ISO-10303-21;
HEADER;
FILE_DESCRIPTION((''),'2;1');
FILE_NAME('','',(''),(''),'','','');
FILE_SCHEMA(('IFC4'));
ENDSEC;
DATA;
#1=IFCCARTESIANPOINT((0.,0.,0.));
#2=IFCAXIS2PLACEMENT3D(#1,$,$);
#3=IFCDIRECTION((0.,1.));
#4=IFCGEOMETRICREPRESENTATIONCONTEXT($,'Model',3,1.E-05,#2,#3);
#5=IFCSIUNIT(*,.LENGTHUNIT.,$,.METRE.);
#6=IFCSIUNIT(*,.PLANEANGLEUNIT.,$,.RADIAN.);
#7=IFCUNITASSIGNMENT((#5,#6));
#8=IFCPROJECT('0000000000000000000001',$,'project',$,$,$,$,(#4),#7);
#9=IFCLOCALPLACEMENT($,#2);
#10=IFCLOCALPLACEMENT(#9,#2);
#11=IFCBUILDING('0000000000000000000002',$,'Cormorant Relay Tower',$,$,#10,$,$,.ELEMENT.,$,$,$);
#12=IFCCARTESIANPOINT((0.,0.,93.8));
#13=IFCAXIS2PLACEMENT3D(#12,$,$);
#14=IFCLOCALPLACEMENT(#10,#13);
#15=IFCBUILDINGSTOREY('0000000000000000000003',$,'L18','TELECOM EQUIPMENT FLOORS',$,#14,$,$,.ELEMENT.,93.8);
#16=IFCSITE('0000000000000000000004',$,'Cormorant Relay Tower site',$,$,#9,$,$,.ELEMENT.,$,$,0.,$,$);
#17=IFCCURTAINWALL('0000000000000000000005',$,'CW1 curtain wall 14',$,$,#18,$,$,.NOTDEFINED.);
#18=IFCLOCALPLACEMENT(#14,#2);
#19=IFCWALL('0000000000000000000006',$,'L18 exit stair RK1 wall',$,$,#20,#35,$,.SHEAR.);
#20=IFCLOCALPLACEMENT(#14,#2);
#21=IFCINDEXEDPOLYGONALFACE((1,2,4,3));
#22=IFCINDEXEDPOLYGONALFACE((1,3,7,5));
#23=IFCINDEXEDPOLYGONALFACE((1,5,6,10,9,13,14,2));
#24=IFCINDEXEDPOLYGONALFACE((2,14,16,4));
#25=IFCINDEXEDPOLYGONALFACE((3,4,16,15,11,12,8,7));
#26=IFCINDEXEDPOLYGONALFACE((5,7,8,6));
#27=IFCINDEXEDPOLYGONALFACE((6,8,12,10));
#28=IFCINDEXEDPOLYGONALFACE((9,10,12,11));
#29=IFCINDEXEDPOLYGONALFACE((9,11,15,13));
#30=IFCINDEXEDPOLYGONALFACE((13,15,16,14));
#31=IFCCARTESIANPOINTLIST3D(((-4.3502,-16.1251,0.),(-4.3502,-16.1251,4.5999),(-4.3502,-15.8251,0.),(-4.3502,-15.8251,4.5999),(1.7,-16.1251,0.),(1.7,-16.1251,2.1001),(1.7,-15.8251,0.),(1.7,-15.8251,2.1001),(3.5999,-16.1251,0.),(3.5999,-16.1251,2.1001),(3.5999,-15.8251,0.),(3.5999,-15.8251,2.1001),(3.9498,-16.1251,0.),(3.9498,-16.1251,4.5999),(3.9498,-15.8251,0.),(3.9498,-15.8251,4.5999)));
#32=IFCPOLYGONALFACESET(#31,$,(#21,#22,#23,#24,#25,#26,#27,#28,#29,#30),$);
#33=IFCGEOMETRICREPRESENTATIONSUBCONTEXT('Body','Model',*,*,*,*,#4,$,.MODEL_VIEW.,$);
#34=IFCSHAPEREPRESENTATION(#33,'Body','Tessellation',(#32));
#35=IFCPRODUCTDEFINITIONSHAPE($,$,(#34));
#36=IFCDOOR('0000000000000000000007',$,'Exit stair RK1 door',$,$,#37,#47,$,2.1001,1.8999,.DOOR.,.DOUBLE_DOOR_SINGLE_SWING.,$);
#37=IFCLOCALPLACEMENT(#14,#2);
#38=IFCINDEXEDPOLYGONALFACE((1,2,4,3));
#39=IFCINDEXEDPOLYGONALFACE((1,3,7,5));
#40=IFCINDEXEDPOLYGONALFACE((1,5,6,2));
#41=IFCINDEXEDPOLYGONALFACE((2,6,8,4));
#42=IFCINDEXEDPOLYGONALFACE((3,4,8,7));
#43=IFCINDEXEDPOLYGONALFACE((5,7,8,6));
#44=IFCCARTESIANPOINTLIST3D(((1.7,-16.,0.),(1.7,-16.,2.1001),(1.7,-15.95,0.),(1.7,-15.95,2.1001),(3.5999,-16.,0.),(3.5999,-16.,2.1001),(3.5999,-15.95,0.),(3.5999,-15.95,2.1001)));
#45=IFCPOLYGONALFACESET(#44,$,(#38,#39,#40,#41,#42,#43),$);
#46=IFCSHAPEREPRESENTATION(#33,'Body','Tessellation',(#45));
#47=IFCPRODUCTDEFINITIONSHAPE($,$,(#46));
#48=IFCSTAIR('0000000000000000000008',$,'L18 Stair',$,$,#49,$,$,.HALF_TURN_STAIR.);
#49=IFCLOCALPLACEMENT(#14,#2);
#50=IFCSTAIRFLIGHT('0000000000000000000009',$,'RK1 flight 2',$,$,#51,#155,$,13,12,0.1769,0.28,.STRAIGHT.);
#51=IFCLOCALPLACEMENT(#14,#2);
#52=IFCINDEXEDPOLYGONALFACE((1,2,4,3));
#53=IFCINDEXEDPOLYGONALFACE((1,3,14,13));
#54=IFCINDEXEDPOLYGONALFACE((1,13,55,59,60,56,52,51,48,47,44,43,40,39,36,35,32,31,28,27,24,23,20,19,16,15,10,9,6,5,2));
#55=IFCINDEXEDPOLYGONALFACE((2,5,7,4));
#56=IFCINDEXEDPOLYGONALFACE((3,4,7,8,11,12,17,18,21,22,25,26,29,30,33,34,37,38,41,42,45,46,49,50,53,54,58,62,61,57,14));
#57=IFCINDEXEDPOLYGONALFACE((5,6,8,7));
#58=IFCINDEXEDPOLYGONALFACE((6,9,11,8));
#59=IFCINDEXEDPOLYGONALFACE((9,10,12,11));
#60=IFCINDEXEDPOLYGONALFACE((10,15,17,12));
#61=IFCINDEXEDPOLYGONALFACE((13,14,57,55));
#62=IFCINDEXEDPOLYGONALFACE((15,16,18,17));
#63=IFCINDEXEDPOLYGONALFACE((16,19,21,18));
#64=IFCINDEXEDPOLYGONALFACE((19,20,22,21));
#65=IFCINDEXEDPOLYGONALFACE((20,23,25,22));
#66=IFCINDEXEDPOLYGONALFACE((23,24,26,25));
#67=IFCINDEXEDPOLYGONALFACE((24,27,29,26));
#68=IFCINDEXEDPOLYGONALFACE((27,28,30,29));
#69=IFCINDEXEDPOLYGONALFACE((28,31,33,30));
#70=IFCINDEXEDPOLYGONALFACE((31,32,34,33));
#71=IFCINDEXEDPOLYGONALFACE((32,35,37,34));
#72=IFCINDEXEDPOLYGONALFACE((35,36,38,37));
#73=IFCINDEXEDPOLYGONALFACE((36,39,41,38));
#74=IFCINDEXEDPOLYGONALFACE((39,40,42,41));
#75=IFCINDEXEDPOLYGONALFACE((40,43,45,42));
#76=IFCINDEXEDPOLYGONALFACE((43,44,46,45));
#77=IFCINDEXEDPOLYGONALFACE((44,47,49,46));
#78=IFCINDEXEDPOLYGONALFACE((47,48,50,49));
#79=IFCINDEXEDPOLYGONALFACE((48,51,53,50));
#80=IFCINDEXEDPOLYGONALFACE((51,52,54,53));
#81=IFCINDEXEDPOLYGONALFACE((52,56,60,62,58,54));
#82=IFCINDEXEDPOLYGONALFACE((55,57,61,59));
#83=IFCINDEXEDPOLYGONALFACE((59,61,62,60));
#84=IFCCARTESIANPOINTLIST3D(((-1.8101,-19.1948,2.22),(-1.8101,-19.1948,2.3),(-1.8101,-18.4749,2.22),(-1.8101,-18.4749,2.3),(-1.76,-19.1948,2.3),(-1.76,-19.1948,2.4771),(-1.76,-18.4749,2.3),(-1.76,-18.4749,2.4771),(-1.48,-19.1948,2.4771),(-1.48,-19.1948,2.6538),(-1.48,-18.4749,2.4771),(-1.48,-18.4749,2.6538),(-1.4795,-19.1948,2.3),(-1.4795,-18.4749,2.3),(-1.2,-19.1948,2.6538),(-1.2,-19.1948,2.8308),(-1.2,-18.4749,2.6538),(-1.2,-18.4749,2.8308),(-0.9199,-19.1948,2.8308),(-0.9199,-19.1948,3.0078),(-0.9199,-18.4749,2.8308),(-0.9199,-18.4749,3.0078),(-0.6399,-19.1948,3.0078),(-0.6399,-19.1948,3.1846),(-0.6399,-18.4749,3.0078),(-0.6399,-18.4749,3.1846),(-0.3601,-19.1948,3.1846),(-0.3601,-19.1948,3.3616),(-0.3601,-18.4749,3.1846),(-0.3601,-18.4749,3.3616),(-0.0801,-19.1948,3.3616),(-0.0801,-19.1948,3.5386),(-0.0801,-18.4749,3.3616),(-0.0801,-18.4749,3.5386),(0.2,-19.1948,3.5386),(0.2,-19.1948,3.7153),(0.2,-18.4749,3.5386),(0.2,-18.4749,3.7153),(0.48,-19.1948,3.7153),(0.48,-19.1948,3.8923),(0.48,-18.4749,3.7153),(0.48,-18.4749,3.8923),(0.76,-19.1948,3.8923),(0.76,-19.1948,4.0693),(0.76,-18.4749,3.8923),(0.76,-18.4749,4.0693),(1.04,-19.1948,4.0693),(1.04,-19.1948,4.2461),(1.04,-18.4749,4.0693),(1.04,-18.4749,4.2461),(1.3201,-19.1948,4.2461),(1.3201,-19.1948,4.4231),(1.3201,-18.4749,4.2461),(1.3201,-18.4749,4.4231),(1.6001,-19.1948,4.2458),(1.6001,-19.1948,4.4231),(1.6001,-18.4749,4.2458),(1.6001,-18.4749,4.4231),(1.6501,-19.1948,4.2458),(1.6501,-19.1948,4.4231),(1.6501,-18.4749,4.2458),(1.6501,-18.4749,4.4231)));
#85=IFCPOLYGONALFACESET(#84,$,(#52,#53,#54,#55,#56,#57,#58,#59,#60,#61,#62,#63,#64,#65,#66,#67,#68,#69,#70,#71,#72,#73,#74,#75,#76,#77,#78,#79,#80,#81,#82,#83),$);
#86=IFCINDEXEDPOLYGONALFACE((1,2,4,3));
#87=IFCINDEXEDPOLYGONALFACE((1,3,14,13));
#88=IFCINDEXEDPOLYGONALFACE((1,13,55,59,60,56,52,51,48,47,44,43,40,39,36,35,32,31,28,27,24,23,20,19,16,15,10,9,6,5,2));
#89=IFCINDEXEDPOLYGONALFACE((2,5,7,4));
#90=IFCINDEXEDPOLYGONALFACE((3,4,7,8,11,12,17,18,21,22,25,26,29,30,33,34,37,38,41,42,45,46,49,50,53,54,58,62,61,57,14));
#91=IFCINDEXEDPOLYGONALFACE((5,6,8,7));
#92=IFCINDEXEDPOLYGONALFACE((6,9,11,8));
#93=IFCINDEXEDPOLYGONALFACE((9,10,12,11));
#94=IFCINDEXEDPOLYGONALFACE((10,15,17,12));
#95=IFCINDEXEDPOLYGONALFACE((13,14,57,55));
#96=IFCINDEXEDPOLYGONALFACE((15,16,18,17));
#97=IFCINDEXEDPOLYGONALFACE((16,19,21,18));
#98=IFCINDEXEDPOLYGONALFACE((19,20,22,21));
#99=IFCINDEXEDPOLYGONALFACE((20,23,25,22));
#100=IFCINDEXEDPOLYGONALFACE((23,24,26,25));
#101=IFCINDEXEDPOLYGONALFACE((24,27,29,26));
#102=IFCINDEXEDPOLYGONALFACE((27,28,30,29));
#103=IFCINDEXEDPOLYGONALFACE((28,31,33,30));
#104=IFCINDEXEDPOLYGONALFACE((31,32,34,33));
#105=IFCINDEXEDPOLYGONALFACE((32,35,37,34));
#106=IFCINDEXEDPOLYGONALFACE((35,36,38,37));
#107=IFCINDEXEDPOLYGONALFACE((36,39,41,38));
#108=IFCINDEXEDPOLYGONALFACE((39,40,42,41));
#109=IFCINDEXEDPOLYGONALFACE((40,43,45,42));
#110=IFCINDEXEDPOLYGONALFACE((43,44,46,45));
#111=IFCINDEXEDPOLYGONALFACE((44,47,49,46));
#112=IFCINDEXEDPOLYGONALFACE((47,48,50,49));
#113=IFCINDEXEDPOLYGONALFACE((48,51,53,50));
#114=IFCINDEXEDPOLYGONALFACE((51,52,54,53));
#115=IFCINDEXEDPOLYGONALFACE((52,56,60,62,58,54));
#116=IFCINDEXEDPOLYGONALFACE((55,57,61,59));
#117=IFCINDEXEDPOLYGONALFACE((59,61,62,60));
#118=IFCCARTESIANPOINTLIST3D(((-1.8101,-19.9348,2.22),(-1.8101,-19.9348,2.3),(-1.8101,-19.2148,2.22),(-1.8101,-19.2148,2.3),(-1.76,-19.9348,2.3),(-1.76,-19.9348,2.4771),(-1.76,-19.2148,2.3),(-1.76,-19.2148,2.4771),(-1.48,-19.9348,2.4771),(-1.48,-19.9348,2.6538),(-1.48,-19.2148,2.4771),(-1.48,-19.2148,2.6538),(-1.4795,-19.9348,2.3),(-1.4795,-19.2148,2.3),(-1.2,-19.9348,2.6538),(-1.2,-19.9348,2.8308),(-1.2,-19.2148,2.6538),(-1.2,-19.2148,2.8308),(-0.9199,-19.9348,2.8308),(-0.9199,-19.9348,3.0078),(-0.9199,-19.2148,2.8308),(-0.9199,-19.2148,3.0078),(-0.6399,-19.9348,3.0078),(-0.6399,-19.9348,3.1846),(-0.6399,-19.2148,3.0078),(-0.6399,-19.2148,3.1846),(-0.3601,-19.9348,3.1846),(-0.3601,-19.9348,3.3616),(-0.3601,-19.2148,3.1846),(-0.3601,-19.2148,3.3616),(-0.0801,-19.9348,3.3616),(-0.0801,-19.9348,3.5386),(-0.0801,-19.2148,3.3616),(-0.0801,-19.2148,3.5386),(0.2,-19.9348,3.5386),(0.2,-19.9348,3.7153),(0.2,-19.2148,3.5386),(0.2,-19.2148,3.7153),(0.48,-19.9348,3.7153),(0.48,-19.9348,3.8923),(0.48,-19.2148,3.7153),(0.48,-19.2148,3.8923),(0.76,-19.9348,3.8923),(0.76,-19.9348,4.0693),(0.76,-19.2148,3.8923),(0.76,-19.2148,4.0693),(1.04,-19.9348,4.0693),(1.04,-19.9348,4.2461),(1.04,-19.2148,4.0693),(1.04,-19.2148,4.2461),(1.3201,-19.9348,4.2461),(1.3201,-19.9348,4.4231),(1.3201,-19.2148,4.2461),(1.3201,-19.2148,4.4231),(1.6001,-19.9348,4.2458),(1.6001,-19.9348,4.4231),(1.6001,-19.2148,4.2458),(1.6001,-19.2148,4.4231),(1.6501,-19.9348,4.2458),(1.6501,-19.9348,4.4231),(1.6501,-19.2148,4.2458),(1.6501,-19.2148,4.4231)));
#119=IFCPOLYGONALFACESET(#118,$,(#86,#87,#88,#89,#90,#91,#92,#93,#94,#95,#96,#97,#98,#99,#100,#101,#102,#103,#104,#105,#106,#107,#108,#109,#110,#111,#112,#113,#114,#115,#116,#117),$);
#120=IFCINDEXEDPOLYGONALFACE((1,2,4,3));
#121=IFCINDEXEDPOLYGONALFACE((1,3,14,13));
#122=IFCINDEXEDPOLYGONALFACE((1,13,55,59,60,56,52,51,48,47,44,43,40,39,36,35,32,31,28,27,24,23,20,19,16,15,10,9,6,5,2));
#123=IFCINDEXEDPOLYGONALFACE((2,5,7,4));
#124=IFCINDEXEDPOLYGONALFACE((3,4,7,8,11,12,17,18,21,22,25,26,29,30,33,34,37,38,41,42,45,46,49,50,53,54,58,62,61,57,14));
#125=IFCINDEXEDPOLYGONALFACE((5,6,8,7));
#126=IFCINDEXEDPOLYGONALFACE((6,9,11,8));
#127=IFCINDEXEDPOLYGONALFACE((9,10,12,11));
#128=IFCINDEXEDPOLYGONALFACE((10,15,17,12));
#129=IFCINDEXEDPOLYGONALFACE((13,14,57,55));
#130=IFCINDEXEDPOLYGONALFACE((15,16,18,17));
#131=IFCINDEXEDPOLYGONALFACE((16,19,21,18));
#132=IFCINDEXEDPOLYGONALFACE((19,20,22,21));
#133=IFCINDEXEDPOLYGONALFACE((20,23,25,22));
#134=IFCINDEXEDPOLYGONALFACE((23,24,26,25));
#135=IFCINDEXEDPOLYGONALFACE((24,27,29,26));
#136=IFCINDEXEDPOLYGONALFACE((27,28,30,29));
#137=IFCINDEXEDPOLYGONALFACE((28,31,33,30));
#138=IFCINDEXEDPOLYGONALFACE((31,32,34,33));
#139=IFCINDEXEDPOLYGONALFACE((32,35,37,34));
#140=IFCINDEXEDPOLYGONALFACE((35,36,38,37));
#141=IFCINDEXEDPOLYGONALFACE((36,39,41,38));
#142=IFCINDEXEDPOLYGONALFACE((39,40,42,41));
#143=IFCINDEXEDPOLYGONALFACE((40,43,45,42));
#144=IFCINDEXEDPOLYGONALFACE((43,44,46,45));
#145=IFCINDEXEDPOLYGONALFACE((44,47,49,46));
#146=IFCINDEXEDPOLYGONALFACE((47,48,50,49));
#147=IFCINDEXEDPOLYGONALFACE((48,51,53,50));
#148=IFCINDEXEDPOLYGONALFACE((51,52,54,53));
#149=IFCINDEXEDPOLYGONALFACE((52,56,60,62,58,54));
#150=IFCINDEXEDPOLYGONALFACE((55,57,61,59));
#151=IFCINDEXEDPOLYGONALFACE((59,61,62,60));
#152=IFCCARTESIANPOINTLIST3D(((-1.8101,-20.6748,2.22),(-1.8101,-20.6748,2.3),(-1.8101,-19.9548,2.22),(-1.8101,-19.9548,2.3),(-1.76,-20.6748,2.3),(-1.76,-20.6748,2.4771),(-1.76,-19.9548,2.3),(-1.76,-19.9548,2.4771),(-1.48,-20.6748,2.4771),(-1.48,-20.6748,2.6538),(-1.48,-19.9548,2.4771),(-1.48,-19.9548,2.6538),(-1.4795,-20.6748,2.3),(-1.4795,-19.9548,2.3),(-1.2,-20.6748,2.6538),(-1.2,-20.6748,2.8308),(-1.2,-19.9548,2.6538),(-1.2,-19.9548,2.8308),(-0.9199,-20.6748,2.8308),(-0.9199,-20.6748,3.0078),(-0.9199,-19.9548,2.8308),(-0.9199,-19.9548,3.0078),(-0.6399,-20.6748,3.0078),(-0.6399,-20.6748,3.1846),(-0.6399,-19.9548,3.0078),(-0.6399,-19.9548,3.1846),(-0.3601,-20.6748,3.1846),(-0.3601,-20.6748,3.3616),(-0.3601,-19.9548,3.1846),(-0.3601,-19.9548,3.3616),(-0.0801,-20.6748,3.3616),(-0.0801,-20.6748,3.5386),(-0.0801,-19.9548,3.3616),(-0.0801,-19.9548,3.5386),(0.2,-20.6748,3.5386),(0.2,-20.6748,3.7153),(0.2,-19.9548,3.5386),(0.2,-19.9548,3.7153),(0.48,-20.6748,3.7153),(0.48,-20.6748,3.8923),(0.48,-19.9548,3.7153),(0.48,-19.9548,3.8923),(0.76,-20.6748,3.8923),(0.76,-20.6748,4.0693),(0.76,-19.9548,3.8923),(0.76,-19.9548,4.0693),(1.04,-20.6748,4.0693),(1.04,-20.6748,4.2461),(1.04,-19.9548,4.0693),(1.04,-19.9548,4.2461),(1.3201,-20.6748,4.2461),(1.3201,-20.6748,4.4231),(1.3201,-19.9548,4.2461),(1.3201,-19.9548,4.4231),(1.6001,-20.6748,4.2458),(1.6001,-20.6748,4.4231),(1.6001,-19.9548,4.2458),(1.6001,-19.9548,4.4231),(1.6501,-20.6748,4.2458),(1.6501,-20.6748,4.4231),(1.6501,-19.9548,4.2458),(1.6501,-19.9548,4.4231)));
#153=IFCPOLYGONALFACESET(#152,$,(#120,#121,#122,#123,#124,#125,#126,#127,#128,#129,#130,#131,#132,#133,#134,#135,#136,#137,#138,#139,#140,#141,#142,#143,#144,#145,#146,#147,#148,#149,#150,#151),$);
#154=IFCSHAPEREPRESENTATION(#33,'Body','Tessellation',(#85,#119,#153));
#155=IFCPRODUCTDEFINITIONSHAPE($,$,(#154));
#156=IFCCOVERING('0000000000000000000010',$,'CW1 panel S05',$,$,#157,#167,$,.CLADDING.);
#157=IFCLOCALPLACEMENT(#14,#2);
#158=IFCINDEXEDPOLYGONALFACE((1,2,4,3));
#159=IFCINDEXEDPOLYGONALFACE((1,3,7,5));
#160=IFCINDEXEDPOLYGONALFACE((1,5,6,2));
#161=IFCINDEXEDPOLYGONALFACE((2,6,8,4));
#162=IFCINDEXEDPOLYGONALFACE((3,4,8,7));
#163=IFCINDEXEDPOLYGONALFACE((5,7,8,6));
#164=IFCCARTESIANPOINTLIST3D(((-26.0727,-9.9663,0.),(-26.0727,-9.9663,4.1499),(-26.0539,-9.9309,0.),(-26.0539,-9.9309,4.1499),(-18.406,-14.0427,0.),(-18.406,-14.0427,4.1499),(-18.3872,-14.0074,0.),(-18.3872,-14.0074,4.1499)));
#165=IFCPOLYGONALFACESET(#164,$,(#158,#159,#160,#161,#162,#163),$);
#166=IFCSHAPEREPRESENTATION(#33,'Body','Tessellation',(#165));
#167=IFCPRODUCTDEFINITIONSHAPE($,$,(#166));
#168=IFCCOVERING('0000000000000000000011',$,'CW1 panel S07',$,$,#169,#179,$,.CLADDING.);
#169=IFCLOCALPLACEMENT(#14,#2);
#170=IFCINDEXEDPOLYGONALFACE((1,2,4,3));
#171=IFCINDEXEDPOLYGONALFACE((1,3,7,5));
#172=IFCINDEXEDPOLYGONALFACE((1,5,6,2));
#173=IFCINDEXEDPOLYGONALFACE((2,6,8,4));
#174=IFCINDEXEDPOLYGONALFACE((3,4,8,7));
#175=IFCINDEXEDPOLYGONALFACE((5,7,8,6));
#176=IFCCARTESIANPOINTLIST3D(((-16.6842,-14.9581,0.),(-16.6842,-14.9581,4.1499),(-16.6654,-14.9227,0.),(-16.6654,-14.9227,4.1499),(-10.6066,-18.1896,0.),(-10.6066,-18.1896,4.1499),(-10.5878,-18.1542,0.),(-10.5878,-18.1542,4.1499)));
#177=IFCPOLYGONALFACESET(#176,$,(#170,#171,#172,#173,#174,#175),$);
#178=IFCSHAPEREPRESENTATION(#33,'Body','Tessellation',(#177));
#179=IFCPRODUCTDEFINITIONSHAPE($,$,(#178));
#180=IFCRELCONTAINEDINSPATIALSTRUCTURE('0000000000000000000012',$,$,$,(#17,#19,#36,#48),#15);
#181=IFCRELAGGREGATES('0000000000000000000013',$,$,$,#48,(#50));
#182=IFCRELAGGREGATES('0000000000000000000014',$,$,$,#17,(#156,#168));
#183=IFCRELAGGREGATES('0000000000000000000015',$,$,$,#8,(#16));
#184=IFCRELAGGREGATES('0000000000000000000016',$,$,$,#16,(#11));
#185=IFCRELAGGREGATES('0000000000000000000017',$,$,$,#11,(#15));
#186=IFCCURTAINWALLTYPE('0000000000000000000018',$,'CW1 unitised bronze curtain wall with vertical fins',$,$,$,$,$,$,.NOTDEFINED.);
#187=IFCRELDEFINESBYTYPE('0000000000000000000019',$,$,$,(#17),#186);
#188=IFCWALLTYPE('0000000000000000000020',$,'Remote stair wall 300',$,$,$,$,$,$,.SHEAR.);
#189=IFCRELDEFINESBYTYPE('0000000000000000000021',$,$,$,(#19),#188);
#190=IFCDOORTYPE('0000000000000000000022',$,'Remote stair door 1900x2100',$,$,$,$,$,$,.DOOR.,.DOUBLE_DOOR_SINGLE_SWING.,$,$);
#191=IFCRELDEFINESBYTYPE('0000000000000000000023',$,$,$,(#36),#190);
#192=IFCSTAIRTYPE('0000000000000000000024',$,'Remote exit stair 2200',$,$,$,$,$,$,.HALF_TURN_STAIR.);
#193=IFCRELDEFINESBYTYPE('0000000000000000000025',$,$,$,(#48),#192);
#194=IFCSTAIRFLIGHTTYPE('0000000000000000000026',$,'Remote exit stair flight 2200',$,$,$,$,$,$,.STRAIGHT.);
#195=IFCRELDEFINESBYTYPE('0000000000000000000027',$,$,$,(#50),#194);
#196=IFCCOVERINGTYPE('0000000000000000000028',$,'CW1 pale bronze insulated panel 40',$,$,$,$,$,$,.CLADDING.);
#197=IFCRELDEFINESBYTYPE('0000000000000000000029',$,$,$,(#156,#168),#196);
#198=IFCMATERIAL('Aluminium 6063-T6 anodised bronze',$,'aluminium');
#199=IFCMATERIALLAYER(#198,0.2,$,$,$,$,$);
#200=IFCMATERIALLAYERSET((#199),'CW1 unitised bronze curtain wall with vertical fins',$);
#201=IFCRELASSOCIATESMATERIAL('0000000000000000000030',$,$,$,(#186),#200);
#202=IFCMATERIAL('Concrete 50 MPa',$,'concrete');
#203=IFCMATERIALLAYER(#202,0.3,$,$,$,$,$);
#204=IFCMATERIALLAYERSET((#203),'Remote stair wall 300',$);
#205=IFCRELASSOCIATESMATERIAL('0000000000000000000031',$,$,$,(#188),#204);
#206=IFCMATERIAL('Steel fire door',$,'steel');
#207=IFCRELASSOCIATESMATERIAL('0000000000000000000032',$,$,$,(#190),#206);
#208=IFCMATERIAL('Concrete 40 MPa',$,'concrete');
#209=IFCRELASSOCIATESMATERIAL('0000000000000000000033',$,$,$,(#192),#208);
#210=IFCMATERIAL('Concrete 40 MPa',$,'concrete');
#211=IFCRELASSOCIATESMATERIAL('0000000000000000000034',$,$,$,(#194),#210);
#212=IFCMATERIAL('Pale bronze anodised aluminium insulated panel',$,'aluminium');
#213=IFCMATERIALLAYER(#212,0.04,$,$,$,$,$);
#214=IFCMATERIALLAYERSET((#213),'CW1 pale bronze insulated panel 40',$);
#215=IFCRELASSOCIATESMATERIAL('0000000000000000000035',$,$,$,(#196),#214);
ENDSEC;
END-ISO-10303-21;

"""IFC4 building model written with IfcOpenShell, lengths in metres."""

from ifc_helpers import new_model, si_unit, direction, frame, frame_2d, origin, origin_2d, place, context, subcontext, project, spatial, polyline, rectangle, outline, extrude, material, layer, layer_set, type_object, element, fill, aggregate, save


model = new_model("IFC4")

# Units and contexts
model_context = context("Model", 3, precision=1e-05, world=origin(), true_north=direction((0.0, 1.0)))
body_context = subcontext(model_context, "Body", "Model", "MODEL_VIEW")
ifc_project = project(units=[si_unit("LENGTHUNIT", "METRE"), si_unit("PLANEANGLEUNIT", "RADIAN")], contexts=[model_context])

# Site, building, storey
site_placement = place(None, origin())
site = spatial("IfcSite", under=ifc_project, at=site_placement, Name="Cormorant Relay Tower site", CompositionType="ELEMENT", RefElevation=0.0)
building_placement = place(site_placement, origin())
building = spatial("IfcBuilding", under=site, at=building_placement, Name="Cormorant Relay Tower", CompositionType="ELEMENT")
storey_placement = place(building_placement, frame((0.0, 0.0, 93.8)))
storey = spatial("IfcBuildingStorey", under=building, at=storey_placement, Name="L18", Description="TELECOM EQUIPMENT FLOORS", CompositionType="ELEMENT", Elevation=93.8)

# Shared definitions
ifc_material_1 = material(Name="Aluminium 6063-T6 anodised bronze", Category="aluminium")
ifc_layer_1 = layer(ifc_material_1, 0.2)
ifc_layer_set_1 = layer_set([ifc_layer_1], Name="CW1 unitised bronze curtain wall with vertical fins")
curtain_wall_type = type_object("IfcCurtainWallType", Name="CW1 unitised bronze curtain wall with vertical fins", PredefinedType="NOTDEFINED", material=ifc_layer_set_1)

# Curtain wall
curtain_wall_1_placement = place(storey_placement, origin())
curtain_wall_1 = element("IfcCurtainWall", 1, at=curtain_wall_1_placement, inside=storey, type_object=curtain_wall_type, Name="CW1 curtain wall 14", PredefinedType="NOTDEFINED")

# Shared definitions
ifc_material_2 = material(Name="Concrete 50 MPa", Category="concrete")
ifc_layer_2 = layer(ifc_material_2, 0.3)
ifc_layer_set_2 = layer_set([ifc_layer_2], Name="Remote stair wall 300")
wall_type_1 = type_object("IfcWallType", Name="Remote stair wall 300", PredefinedType="SHEAR", material=ifc_layer_set_2)

# Wall, opening, door
wall_1_placement = place(storey_placement, frame((-4.3501, -15.9751, 0.0), z_axis=(0.0, 0.0, 1.0), x_axis=(1.0, 0.0, 0.0)))
wall_1 = element("IfcWall", 2, at=wall_1_placement, inside=storey, type_object=wall_type_1, Name="L18 exit stair RK1 wall", PredefinedType="SHEAR", context=body_context, shape_type="SweptSolid", body=[
    extrude(rectangle(XDim=8.3, YDim=0.3, at=frame_2d((4.1499, 0.0))), origin(), (0.0, 0.0, 1.0), 4.5999),
])
opening_1_placement = place(wall_1_placement, frame((6.05, 0.0, 0.0)))
opening_1 = element("IfcOpeningElement", 3, at=opening_1_placement, cuts=wall_1, PredefinedType="OPENING", context=body_context, shape_type="SweptSolid", body=[
    extrude(rectangle(XDim=1.8999, YDim=2.1001, at=frame_2d((0.95, 1.05))), frame((0.0, 0.1599, 0.0), z_axis=(0.0, -1.0, 0.0), x_axis=(1.0, 0.0, 0.0)), (0.0, 0.0, 1.0), 0.3201),
])
ifc_material_3 = material(Name="Steel fire door", Category="steel")
door_type_1 = type_object("IfcDoorType", Name="Remote stair door 1900x2100", OperationType="DOUBLE_DOOR_SINGLE_SWING", PredefinedType="DOOR", material=ifc_material_3)
door_1_placement = place(opening_1_placement, frame((1.8999, 0.0, 0.0), z_axis=(0.0, 0.0, 1.0), x_axis=(-1.0, 0.0, 0.0)))
door_1 = element("IfcDoor", 4, at=door_1_placement, inside=storey, type_object=door_type_1, Name="Exit stair RK1 door", OperationType="DOUBLE_DOOR_SINGLE_SWING", OverallHeight=2.1001, OverallWidth=1.8999, PredefinedType="DOOR", context=body_context, shape_type="SweptSolid", body=[
    extrude(rectangle(XDim=1.8999, YDim=2.1001, at=frame_2d((0.95, 1.05))), frame((0.0, 0.0249, 0.0), z_axis=(0.0, -1.0, 0.0), x_axis=(1.0, 0.0, 0.0)), (0.0, 0.0, 1.0), 0.05),
])
fill(opening_1, door_1)

# Stair, stair flight
ifc_material_4 = material(Name="Concrete 40 MPa", Category="concrete")
stair_type = type_object("IfcStairType", Name="Remote exit stair 2200", PredefinedType="HALF_TURN_STAIR", material=ifc_material_4)
stair_placement = place(storey_placement, origin())
stair = element("IfcStair", 5, at=stair_placement, inside=storey, type_object=stair_type, Name="L18 Stair", PredefinedType="HALF_TURN_STAIR")
ifc_material_5 = material(Name="Concrete 40 MPa", Category="concrete")
stair_flight_type = type_object("IfcStairFlightType", Name="Remote exit stair flight 2200", PredefinedType="STRAIGHT", material=ifc_material_5)
stair_flight_placement = place(storey_placement, frame((-1.76, -19.575, 2.3), z_axis=(0.0, 0.0, 1.0), x_axis=(1.0, 0.0, 0.0)))
stair_flight = element("IfcStairFlight", 6, at=stair_flight_placement, type_object=stair_flight_type, Name="RK1 flight 2", NumberOfRisers=13, NumberOfTreads=12, PredefinedType="STRAIGHT", RiserHeight=0.1769, TreadLength=0.28, context=body_context, shape_type="SweptSolid", body=[
    extrude(outline(polyline([(-0.05, -0.0801), (-0.05, 0.0), (0.0, 0.0), (0.0, 0.177), (0.28, 0.177), (0.28, 0.3538), (0.5601, 0.3538), (0.5601, 0.5308), (0.8401, 0.5308), (0.8401, 0.7078), (1.1201, 0.7078), (1.1201, 0.8845), (1.3999, 0.8845), (1.3999, 1.0615), (1.6799, 1.0615), (1.6799, 1.2385), (1.96, 1.2385), (1.96, 1.4153), (2.24, 1.4153), (2.24, 1.5923), (2.52, 1.5923), (2.52, 1.7693), (2.8, 1.7693), (2.8, 1.946), (3.0801, 1.946), (3.0801, 2.123), (3.3601, 2.123), (3.4102, 2.123), (3.4102, 1.9458), (3.3601, 1.9458), (0.2805, 0.0), (-0.05, -0.0801)])), frame((0.0, 1.1001, 0.0), z_axis=(0.0, -1.0, 0.0), x_axis=(1.0, 0.0, 0.0)), (0.0, 0.0, 1.0), 0.72),
    extrude(outline(polyline([(-0.05, -0.0801), (-0.05, 0.0), (0.0, 0.0), (0.0, 0.177), (0.28, 0.177), (0.28, 0.3538), (0.5601, 0.3538), (0.5601, 0.5308), (0.8401, 0.5308), (0.8401, 0.7078), (1.1201, 0.7078), (1.1201, 0.8845), (1.3999, 0.8845), (1.3999, 1.0615), (1.6799, 1.0615), (1.6799, 1.2385), (1.96, 1.2385), (1.96, 1.4153), (2.24, 1.4153), (2.24, 1.5923), (2.52, 1.5923), (2.52, 1.7693), (2.8, 1.7693), (2.8, 1.946), (3.0801, 1.946), (3.0801, 2.123), (3.3601, 2.123), (3.4102, 2.123), (3.4102, 1.9458), (3.3601, 1.9458), (0.2805, 0.0), (-0.05, -0.0801)])), frame((0.0, 0.3601, 0.0), z_axis=(0.0, -1.0, 0.0), x_axis=(1.0, 0.0, 0.0)), (0.0, 0.0, 1.0), 0.72),
    extrude(outline(polyline([(-0.05, -0.0801), (-0.05, 0.0), (0.0, 0.0), (0.0, 0.177), (0.28, 0.177), (0.28, 0.3538), (0.5601, 0.3538), (0.5601, 0.5308), (0.8401, 0.5308), (0.8401, 0.7078), (1.1201, 0.7078), (1.1201, 0.8845), (1.3999, 0.8845), (1.3999, 1.0615), (1.6799, 1.0615), (1.6799, 1.2385), (1.96, 1.2385), (1.96, 1.4153), (2.24, 1.4153), (2.24, 1.5923), (2.52, 1.5923), (2.52, 1.7693), (2.8, 1.7693), (2.8, 1.946), (3.0801, 1.946), (3.0801, 2.123), (3.3601, 2.123), (3.4102, 2.123), (3.4102, 1.9458), (3.3601, 1.9458), (0.2805, 0.0), (-0.05, -0.0801)])), frame((0.0, -0.3799, 0.0), z_axis=(0.0, -1.0, 0.0), x_axis=(1.0, 0.0, 0.0)), (0.0, 0.0, 1.0), 0.72),
])
aggregate(stair, [stair_flight])

# Coverings
ifc_material_6 = material(Name="Pale bronze anodised aluminium insulated panel", Category="aluminium")
ifc_layer_3 = layer(ifc_material_6, 0.04)
ifc_layer_set_3 = layer_set([ifc_layer_3], Name="CW1 pale bronze insulated panel 40")
covering_type = type_object("IfcCoveringType", Name="CW1 pale bronze insulated panel 40", PredefinedType="CLADDING", material=ifc_layer_set_3)
covering_1_placement = place(storey_placement, frame((-22.23, -11.9868, 0.0), z_axis=(0.0, 0.0, 1.0), x_axis=(0.882948, -0.469472, 0.0)))
covering_1 = element("IfcCovering", 7, at=covering_1_placement, type_object=covering_type, Name="CW1 panel S05", PredefinedType="CLADDING", context=body_context, shape_type="SweptSolid", body=[
    extrude(rectangle(XDim=8.6831, YDim=0.04, at=origin_2d()), origin(), (0.0, 0.0, 1.0), 4.1499),
])
covering_2_placement = place(storey_placement, frame((-13.636, -16.5562, 0.0), z_axis=(0.0, 0.0, 1.0), x_axis=(0.882948, -0.469472, 0.0)))
covering_2 = element("IfcCovering", 8, at=covering_2_placement, type_object=covering_type, Name="CW1 panel S07", PredefinedType="CLADDING", context=body_context, shape_type="SweptSolid", body=[
    extrude(rectangle(XDim=6.8833, YDim=0.04, at=origin_2d()), origin(), (0.0, 0.0, 1.0), 4.1499),
])
aggregate(curtain_wall_1, [covering_1, covering_2])

save(model, "model.ifc")
